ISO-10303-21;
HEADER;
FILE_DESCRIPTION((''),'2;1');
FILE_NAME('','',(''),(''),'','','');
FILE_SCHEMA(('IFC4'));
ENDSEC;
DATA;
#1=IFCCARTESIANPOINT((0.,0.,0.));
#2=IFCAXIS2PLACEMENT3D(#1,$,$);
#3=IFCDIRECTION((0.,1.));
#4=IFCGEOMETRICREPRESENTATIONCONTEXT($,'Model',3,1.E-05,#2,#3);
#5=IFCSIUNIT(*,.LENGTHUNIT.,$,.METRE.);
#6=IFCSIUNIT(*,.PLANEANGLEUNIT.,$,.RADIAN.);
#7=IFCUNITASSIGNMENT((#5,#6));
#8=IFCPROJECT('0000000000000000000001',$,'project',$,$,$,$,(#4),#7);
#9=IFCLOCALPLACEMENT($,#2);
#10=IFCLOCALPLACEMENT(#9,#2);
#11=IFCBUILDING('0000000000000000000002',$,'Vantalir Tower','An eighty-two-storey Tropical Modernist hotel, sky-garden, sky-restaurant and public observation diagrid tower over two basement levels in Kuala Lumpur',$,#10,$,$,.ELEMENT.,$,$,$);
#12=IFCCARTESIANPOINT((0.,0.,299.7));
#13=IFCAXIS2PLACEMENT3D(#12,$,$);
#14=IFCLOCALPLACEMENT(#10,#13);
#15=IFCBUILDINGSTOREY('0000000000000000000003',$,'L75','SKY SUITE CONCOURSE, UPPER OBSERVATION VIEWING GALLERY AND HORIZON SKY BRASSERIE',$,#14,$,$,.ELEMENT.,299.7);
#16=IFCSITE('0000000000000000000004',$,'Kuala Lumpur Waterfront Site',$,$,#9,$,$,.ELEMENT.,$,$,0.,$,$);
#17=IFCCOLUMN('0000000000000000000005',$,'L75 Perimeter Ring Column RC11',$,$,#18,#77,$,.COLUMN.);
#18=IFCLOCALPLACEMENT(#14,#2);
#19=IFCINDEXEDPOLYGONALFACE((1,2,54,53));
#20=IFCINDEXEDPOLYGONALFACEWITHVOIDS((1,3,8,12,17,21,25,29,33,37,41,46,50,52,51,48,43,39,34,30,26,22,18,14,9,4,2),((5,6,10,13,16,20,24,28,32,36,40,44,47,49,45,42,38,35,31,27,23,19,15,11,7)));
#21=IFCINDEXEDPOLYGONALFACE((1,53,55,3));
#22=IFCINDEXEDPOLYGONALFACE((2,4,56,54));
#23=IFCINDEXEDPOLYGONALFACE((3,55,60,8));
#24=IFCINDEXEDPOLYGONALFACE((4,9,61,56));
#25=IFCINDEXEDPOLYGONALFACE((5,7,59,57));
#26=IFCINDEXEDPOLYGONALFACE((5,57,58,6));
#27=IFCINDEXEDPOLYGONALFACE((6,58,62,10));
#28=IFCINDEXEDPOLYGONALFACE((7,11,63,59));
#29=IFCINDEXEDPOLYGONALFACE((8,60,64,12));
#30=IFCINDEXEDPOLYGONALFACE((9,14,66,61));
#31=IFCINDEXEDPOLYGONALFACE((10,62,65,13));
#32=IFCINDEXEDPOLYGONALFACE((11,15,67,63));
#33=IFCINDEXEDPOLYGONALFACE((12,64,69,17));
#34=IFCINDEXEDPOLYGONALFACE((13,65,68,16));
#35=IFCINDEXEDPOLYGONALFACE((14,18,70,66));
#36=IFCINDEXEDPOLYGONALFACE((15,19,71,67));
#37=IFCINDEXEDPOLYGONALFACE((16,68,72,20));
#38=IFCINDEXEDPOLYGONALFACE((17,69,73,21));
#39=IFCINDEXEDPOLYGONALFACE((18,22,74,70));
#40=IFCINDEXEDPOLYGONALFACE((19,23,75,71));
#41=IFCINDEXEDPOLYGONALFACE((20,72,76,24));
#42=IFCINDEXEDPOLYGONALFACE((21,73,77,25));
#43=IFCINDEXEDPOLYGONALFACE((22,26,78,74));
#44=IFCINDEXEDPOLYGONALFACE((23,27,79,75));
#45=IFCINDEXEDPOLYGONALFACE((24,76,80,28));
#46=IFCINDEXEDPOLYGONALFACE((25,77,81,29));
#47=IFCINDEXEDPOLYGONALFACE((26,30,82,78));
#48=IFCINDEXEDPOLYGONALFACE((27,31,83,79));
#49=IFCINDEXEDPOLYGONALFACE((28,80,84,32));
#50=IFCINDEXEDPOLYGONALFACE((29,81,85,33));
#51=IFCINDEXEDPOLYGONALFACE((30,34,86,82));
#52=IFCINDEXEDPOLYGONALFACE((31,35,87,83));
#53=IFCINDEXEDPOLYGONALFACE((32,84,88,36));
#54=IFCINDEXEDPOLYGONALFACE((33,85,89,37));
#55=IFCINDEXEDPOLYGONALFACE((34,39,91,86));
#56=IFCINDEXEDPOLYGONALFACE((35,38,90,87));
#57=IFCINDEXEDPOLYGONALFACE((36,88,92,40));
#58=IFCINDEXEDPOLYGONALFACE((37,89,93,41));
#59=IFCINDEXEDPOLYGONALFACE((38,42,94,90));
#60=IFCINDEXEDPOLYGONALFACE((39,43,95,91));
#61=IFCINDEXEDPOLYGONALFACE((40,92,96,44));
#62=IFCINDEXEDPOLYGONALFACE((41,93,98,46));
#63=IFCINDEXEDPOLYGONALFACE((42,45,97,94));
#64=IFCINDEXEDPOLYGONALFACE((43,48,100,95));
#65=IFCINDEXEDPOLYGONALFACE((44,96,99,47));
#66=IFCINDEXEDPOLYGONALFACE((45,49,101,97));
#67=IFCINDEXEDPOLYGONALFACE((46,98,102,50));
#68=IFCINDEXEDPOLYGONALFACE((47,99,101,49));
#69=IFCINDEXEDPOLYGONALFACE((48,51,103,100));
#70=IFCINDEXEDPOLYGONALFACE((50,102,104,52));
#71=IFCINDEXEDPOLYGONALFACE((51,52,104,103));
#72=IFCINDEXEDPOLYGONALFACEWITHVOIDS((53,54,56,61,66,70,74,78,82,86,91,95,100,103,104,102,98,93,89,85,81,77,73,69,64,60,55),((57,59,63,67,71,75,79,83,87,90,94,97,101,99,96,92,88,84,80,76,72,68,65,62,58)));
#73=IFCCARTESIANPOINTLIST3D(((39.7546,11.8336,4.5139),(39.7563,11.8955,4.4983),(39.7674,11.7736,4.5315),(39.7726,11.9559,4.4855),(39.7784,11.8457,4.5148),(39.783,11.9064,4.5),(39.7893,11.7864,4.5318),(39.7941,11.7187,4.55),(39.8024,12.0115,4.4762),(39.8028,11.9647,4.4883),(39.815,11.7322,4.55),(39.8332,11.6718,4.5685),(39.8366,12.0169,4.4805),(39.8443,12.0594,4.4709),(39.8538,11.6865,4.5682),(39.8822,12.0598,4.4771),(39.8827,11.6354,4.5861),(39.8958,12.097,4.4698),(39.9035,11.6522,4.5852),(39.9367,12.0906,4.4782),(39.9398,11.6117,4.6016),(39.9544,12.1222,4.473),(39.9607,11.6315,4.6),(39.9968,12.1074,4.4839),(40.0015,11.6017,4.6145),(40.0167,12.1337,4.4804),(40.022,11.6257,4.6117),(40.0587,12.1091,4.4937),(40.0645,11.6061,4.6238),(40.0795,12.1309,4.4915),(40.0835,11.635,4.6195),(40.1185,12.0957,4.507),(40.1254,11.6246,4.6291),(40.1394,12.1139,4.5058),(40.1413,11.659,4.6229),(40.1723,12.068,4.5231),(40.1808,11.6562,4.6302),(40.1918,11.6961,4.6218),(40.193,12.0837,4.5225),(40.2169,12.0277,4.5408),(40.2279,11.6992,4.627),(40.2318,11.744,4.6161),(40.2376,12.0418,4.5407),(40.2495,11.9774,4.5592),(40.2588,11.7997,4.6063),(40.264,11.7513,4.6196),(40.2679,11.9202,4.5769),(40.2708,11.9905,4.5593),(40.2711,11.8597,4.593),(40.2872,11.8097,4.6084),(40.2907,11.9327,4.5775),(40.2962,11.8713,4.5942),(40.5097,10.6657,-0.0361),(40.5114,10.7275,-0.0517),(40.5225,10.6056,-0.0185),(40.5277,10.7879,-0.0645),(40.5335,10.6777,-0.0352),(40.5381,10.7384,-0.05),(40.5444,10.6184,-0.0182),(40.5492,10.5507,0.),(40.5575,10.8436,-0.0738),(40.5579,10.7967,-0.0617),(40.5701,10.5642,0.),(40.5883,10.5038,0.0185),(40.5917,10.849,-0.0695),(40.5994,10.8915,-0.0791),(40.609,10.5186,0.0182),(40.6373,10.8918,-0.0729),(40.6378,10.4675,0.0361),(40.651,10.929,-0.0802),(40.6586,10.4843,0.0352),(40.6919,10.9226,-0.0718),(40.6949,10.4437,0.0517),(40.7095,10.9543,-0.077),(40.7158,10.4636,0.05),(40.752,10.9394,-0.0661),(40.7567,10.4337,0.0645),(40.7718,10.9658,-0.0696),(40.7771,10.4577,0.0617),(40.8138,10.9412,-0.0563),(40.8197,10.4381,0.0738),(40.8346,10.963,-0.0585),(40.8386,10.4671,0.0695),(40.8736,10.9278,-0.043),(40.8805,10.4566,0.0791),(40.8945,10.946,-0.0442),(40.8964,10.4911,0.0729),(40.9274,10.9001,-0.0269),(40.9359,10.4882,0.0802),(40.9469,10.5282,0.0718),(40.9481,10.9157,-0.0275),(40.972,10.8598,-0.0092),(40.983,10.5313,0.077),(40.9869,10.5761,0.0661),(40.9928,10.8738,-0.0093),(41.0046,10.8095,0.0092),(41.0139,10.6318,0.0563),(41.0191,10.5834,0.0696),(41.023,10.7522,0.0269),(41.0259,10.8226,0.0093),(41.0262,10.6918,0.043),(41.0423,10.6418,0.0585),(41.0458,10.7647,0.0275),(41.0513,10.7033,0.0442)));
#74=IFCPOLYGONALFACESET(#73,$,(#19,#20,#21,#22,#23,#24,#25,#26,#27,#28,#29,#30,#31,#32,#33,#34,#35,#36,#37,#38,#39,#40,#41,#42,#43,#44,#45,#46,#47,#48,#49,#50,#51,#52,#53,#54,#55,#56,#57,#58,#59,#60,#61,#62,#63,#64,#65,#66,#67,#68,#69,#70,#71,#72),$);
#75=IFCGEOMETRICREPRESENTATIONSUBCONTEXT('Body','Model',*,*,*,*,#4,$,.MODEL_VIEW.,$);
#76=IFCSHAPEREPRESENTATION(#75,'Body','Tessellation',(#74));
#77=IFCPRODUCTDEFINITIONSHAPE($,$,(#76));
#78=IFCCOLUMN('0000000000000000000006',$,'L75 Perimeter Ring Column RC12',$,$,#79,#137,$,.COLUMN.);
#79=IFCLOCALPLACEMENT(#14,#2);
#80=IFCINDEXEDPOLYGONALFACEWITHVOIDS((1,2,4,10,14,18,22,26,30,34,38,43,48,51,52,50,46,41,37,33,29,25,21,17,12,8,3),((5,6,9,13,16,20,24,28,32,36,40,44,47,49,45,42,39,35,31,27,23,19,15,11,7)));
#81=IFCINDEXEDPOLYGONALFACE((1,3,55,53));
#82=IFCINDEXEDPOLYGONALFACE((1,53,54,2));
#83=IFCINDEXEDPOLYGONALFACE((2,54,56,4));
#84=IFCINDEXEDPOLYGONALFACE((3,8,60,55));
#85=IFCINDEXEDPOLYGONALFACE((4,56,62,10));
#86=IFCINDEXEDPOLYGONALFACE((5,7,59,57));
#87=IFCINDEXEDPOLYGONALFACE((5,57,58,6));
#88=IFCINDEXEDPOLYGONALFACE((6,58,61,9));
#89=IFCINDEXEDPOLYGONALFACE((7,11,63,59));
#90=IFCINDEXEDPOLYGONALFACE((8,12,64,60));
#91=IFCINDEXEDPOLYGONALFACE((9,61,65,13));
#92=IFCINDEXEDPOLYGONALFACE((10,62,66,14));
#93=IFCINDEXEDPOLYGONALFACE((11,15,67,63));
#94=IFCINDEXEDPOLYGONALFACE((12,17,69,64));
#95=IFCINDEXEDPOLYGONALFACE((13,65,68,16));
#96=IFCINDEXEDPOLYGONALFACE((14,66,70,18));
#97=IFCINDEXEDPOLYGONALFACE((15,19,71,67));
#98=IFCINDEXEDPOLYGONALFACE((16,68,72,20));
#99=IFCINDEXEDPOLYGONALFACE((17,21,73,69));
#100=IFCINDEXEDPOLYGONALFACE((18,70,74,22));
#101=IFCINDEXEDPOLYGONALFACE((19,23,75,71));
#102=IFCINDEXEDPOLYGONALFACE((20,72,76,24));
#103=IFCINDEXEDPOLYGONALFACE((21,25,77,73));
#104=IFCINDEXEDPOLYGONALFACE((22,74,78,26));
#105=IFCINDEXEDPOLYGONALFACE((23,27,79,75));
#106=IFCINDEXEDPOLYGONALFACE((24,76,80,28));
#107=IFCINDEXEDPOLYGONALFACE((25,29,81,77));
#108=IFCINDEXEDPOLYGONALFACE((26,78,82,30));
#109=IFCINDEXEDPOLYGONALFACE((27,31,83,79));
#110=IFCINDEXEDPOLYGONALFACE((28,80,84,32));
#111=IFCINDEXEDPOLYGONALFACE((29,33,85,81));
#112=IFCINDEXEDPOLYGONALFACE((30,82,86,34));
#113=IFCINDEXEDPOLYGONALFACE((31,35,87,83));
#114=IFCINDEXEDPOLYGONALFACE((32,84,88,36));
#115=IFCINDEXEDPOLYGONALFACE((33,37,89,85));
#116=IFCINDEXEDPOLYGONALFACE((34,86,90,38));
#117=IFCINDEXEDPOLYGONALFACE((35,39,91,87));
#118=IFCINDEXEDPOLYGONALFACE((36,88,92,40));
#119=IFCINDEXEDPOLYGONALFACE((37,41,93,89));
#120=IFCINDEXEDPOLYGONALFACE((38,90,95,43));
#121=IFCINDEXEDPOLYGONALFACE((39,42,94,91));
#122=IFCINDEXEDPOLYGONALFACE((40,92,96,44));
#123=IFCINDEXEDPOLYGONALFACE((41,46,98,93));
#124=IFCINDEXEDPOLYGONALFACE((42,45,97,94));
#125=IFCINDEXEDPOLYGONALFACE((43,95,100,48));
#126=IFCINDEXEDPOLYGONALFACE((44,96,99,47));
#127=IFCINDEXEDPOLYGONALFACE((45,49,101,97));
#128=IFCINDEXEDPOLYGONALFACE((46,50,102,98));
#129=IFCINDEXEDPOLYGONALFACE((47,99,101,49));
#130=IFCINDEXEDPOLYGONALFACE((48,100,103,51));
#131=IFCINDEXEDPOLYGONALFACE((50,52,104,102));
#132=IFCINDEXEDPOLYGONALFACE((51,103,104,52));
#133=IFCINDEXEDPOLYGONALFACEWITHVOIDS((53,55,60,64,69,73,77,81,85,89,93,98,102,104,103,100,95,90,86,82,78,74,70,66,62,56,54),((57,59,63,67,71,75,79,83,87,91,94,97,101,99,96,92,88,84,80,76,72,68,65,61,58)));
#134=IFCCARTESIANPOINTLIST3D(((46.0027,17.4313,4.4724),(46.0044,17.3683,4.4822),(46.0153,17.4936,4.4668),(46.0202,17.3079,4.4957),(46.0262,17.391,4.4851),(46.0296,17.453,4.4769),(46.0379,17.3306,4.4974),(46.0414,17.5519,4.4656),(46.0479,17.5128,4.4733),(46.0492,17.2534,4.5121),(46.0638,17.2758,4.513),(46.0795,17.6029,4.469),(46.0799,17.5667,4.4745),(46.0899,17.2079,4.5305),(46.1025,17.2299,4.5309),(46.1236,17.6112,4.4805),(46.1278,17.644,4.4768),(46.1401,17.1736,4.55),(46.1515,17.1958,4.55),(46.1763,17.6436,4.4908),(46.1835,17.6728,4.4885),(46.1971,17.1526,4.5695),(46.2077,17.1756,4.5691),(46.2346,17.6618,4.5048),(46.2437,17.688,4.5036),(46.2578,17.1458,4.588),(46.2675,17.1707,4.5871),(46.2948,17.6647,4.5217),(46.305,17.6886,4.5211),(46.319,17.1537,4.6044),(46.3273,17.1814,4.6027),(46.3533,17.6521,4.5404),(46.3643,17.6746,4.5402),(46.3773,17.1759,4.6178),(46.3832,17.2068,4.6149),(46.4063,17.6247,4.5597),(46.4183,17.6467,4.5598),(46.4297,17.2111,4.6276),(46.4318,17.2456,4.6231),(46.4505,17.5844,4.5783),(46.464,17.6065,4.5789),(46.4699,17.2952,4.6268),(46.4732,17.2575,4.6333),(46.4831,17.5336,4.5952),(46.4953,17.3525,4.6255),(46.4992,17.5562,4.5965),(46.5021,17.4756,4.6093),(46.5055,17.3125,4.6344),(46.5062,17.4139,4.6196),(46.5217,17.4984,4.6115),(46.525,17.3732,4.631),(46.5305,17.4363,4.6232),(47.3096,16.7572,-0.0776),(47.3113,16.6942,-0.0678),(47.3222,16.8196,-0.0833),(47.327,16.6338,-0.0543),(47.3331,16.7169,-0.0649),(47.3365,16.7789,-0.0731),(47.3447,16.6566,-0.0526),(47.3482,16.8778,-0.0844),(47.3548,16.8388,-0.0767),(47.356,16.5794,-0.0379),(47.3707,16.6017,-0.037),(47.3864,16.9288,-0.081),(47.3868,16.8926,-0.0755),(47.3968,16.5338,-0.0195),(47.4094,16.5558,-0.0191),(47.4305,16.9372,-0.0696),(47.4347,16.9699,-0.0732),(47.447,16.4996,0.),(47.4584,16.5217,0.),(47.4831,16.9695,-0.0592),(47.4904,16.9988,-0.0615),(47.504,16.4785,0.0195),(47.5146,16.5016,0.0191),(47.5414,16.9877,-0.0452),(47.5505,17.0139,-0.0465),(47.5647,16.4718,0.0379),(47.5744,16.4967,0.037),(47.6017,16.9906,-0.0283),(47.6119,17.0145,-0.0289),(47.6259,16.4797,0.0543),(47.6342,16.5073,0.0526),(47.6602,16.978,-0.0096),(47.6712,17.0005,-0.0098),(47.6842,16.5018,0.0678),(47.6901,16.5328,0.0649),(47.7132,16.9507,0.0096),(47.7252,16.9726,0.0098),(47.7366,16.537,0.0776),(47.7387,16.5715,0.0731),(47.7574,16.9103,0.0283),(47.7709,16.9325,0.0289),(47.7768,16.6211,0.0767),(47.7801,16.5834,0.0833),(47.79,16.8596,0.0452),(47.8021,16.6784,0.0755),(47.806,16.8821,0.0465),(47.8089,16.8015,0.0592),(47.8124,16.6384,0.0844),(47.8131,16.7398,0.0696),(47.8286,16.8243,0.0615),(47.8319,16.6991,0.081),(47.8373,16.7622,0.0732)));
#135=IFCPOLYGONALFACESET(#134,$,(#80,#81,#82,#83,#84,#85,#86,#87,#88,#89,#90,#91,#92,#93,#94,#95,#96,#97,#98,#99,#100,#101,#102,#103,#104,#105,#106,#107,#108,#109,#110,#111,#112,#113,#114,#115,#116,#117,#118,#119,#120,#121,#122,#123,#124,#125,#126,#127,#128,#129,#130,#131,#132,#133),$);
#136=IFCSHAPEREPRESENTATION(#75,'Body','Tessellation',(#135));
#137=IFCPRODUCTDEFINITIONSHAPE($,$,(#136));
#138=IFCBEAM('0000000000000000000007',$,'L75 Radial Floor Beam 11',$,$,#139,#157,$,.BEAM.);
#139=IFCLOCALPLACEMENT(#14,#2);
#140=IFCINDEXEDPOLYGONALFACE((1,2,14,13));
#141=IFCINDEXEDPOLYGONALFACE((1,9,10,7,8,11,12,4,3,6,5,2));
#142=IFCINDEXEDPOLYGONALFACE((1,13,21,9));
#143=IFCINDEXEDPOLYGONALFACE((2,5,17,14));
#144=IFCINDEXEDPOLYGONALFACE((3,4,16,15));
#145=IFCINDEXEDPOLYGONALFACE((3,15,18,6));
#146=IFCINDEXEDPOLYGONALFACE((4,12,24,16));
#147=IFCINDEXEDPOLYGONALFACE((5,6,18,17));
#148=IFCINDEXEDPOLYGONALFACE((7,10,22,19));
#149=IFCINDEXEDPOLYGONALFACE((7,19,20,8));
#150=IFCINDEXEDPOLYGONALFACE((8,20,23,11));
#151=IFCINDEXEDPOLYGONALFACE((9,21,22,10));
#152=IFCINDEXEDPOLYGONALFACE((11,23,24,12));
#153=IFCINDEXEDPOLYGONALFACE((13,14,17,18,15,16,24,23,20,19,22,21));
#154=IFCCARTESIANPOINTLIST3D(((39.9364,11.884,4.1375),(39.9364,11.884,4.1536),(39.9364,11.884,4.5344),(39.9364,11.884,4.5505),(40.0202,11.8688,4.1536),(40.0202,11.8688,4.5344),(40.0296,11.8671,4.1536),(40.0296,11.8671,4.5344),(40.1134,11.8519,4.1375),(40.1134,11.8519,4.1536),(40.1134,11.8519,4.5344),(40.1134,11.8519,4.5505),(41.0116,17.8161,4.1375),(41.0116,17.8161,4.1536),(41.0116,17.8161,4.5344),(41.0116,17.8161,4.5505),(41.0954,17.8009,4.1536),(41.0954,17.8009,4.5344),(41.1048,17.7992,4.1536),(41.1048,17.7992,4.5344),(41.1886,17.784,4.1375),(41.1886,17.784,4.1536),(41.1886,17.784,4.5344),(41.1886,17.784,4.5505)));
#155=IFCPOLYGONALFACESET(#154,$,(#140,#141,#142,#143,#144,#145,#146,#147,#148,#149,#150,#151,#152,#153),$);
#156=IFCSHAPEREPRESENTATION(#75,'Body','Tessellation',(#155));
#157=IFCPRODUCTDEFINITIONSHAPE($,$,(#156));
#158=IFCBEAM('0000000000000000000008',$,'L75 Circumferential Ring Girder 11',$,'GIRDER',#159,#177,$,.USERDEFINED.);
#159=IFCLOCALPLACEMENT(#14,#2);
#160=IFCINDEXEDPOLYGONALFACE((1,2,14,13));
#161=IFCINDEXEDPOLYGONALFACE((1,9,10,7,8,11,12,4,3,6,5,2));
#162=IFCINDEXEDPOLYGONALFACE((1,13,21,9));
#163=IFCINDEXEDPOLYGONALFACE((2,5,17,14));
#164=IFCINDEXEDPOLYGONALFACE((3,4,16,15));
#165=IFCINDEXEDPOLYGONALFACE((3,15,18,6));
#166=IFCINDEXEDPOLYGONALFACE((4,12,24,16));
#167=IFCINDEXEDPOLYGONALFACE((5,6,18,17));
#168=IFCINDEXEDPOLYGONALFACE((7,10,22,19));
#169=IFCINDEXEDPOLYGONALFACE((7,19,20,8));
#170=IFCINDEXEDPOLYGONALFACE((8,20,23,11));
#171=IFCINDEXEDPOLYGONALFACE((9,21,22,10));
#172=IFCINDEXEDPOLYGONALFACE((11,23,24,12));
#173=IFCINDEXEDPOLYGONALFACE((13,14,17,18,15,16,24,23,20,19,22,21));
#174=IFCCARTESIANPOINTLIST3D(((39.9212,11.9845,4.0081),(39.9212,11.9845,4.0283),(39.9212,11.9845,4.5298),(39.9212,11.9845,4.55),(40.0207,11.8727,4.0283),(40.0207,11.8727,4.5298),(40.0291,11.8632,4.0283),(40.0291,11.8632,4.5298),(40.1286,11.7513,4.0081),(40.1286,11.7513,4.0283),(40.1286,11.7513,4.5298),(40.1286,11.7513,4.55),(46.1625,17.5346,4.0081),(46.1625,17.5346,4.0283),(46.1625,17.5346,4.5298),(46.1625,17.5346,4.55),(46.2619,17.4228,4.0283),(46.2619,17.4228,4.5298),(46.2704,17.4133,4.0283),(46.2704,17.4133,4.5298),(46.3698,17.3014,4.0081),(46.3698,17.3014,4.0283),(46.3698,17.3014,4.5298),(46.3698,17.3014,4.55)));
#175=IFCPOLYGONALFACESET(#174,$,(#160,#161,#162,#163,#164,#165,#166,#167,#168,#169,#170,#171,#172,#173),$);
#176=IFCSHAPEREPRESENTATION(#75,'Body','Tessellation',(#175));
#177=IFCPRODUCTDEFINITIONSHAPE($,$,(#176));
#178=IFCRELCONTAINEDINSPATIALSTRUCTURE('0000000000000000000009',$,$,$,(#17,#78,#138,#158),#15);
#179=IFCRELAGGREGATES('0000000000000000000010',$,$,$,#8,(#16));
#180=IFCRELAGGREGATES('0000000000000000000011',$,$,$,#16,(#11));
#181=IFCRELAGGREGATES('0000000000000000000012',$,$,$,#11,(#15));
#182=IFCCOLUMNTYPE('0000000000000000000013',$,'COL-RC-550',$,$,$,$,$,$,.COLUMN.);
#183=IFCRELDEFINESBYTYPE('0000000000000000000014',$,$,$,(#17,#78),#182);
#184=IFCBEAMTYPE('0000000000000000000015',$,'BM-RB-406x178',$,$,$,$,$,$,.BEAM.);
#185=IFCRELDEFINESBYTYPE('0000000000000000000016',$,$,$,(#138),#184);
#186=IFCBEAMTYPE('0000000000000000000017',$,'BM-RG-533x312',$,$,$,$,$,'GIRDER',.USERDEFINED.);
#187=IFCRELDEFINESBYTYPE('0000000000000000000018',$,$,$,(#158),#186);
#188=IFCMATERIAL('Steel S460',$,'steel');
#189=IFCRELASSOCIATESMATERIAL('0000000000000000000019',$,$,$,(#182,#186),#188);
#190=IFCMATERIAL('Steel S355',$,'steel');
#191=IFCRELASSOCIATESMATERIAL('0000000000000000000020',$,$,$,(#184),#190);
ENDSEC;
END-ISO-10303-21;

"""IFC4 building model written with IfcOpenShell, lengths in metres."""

from ifc_helpers import new_model, si_unit, direction, frame, origin, origin_2d, place, context, subcontext, project, spatial, hollow_circle, i_section, extrude, material, material_profile, profile_set, type_object, element, save


model = new_model("IFC4")

# Units and contexts
model_context = context("Model", 3, precision=1e-05, world=origin(), true_north=direction((0.0, 1.0)))
body_context = subcontext(model_context, "Body", "Model", "MODEL_VIEW")
ifc_project = project(units=[si_unit("LENGTHUNIT", "METRE"), si_unit("PLANEANGLEUNIT", "RADIAN")], contexts=[model_context])

# Site, building, storey
site_placement = place(None, origin())
site = spatial("IfcSite", under=ifc_project, at=site_placement, Name="Kuala Lumpur Waterfront Site", CompositionType="ELEMENT", RefElevation=0.0)
building_placement = place(site_placement, origin())
building = spatial("IfcBuilding", under=site, at=building_placement, Name="Vantalir Tower", Description="An eighty-two-storey Tropical Modernist hotel, sky-garden, sky-restaurant and public observation diagrid tower over two basement levels in Kuala Lumpur", CompositionType="ELEMENT")
storey_placement = place(building_placement, frame((0.0, 0.0, 299.7)))
storey = spatial("IfcBuildingStorey", under=building, at=storey_placement, Name="L75", Description="SKY SUITE CONCOURSE, UPPER OBSERVATION VIEWING GALLERY AND HORIZON SKY BRASSERIE", CompositionType="ELEMENT", Elevation=299.7)

# Columns
ifc_material_1 = material(Name="Steel S460", Category="steel")
ifc_material_profile_1 = material_profile(ifc_material_1, hollow_circle(Radius=0.2749, WallThickness=0.0249, at=origin_2d()), Name="Steel S460")
ifc_profile_set_1 = profile_set([ifc_material_profile_1], Name="Steel S460")
column_type = type_object("IfcColumnType", Name="COL-RC-550", PredefinedType="COLUMN", material=ifc_profile_set_1)
column_1_placement = place(storey_placement, frame((40.78, 10.7, 0.0), z_axis=(-0.158711, 0.245482, 0.956321), x_axis=(-0.839773, -0.542938, 0.0)))
element("IfcColumn", 1, at=column_1_placement, inside=storey, type_object=column_type, Name="L75 Perimeter Ring Column RC11", PredefinedType="COLUMN", context=body_context, shape_type="SweptSolid", body=[
    extrude(hollow_circle(Radius=0.2749, WallThickness=0.0249, at=origin_2d()), origin(), (0.0, 0.0, 1.0), 4.7578),
])
column_2_placement = place(storey_placement, frame((47.573, 16.7439, 0.0), z_axis=(-0.273306, 0.140967, 0.951542), x_axis=(-0.458402, -0.888745, 0.0)))
element("IfcColumn", 2, at=column_2_placement, inside=storey, type_object=column_type, Name="L75 Perimeter Ring Column RC12", PredefinedType="COLUMN", context=body_context, shape_type="SweptSolid", body=[
    extrude(hollow_circle(Radius=0.2749, WallThickness=0.0249, at=origin_2d()), origin(), (0.0, 0.0, 1.0), 4.7817),
])

# Beams
ifc_material_2 = material(Name="Steel S355", Category="steel")
ifc_material_profile_2 = material_profile(ifc_material_2, i_section(OverallWidth=0.1799, OverallDepth=0.4131, WebThickness=0.0095, FlangeThickness=0.0161, at=origin_2d()), Name="Steel S355")
ifc_profile_set_2 = profile_set([ifc_material_profile_2], Name="Steel S355")
beam_type_1 = type_object("IfcBeamType", Name="BM-RB-406x178", PredefinedType="BEAM", material=ifc_profile_set_2)
beam_1_placement = place(storey_placement, frame((40.0249, 11.8679, 4.344), z_axis=(0.178344, 0.983968, 0.0), x_axis=(-0.983968, 0.178344, 0.0)))
element("IfcBeam", 3, at=beam_1_placement, inside=storey, type_object=beam_type_1, Name="L75 Radial Floor Beam 11", PredefinedType="BEAM", context=body_context, shape_type="SweptSolid", body=[
    extrude(i_section(OverallWidth=0.1799, OverallDepth=0.4131, WebThickness=0.0095, FlangeThickness=0.0161, at=origin_2d()), origin(), (0.0, 0.0, 1.0), 6.0288),
])
ifc_material_profile_3 = material_profile(ifc_material_1, i_section(OverallWidth=0.312, OverallDepth=0.542, WebThickness=0.0127, FlangeThickness=0.0203, at=origin_2d()), Name="Steel S460")
ifc_profile_set_3 = profile_set([ifc_material_profile_3], Name="Steel S460")
beam_type_2 = type_object("IfcBeamType", Name="BM-RG-533x312", ElementType="GIRDER", PredefinedType="USERDEFINED", material=ifc_profile_set_3)
beam_2_placement = place(storey_placement, frame((40.0249, 11.8679, 4.2791), z_axis=(0.747272, 0.664518, 0.0), x_axis=(-0.664518, 0.747272, 0.0)))
element("IfcBeam", 4, at=beam_2_placement, inside=storey, type_object=beam_type_2, Name="L75 Circumferential Ring Girder 11", ObjectType="GIRDER", PredefinedType="USERDEFINED", context=body_context, shape_type="SweptSolid", body=[
    extrude(i_section(OverallWidth=0.312, OverallDepth=0.542, WebThickness=0.0127, FlangeThickness=0.0203, at=origin_2d()), origin(), (0.0, 0.0, 1.0), 8.3521),
])

save(model, "model.ifc")
